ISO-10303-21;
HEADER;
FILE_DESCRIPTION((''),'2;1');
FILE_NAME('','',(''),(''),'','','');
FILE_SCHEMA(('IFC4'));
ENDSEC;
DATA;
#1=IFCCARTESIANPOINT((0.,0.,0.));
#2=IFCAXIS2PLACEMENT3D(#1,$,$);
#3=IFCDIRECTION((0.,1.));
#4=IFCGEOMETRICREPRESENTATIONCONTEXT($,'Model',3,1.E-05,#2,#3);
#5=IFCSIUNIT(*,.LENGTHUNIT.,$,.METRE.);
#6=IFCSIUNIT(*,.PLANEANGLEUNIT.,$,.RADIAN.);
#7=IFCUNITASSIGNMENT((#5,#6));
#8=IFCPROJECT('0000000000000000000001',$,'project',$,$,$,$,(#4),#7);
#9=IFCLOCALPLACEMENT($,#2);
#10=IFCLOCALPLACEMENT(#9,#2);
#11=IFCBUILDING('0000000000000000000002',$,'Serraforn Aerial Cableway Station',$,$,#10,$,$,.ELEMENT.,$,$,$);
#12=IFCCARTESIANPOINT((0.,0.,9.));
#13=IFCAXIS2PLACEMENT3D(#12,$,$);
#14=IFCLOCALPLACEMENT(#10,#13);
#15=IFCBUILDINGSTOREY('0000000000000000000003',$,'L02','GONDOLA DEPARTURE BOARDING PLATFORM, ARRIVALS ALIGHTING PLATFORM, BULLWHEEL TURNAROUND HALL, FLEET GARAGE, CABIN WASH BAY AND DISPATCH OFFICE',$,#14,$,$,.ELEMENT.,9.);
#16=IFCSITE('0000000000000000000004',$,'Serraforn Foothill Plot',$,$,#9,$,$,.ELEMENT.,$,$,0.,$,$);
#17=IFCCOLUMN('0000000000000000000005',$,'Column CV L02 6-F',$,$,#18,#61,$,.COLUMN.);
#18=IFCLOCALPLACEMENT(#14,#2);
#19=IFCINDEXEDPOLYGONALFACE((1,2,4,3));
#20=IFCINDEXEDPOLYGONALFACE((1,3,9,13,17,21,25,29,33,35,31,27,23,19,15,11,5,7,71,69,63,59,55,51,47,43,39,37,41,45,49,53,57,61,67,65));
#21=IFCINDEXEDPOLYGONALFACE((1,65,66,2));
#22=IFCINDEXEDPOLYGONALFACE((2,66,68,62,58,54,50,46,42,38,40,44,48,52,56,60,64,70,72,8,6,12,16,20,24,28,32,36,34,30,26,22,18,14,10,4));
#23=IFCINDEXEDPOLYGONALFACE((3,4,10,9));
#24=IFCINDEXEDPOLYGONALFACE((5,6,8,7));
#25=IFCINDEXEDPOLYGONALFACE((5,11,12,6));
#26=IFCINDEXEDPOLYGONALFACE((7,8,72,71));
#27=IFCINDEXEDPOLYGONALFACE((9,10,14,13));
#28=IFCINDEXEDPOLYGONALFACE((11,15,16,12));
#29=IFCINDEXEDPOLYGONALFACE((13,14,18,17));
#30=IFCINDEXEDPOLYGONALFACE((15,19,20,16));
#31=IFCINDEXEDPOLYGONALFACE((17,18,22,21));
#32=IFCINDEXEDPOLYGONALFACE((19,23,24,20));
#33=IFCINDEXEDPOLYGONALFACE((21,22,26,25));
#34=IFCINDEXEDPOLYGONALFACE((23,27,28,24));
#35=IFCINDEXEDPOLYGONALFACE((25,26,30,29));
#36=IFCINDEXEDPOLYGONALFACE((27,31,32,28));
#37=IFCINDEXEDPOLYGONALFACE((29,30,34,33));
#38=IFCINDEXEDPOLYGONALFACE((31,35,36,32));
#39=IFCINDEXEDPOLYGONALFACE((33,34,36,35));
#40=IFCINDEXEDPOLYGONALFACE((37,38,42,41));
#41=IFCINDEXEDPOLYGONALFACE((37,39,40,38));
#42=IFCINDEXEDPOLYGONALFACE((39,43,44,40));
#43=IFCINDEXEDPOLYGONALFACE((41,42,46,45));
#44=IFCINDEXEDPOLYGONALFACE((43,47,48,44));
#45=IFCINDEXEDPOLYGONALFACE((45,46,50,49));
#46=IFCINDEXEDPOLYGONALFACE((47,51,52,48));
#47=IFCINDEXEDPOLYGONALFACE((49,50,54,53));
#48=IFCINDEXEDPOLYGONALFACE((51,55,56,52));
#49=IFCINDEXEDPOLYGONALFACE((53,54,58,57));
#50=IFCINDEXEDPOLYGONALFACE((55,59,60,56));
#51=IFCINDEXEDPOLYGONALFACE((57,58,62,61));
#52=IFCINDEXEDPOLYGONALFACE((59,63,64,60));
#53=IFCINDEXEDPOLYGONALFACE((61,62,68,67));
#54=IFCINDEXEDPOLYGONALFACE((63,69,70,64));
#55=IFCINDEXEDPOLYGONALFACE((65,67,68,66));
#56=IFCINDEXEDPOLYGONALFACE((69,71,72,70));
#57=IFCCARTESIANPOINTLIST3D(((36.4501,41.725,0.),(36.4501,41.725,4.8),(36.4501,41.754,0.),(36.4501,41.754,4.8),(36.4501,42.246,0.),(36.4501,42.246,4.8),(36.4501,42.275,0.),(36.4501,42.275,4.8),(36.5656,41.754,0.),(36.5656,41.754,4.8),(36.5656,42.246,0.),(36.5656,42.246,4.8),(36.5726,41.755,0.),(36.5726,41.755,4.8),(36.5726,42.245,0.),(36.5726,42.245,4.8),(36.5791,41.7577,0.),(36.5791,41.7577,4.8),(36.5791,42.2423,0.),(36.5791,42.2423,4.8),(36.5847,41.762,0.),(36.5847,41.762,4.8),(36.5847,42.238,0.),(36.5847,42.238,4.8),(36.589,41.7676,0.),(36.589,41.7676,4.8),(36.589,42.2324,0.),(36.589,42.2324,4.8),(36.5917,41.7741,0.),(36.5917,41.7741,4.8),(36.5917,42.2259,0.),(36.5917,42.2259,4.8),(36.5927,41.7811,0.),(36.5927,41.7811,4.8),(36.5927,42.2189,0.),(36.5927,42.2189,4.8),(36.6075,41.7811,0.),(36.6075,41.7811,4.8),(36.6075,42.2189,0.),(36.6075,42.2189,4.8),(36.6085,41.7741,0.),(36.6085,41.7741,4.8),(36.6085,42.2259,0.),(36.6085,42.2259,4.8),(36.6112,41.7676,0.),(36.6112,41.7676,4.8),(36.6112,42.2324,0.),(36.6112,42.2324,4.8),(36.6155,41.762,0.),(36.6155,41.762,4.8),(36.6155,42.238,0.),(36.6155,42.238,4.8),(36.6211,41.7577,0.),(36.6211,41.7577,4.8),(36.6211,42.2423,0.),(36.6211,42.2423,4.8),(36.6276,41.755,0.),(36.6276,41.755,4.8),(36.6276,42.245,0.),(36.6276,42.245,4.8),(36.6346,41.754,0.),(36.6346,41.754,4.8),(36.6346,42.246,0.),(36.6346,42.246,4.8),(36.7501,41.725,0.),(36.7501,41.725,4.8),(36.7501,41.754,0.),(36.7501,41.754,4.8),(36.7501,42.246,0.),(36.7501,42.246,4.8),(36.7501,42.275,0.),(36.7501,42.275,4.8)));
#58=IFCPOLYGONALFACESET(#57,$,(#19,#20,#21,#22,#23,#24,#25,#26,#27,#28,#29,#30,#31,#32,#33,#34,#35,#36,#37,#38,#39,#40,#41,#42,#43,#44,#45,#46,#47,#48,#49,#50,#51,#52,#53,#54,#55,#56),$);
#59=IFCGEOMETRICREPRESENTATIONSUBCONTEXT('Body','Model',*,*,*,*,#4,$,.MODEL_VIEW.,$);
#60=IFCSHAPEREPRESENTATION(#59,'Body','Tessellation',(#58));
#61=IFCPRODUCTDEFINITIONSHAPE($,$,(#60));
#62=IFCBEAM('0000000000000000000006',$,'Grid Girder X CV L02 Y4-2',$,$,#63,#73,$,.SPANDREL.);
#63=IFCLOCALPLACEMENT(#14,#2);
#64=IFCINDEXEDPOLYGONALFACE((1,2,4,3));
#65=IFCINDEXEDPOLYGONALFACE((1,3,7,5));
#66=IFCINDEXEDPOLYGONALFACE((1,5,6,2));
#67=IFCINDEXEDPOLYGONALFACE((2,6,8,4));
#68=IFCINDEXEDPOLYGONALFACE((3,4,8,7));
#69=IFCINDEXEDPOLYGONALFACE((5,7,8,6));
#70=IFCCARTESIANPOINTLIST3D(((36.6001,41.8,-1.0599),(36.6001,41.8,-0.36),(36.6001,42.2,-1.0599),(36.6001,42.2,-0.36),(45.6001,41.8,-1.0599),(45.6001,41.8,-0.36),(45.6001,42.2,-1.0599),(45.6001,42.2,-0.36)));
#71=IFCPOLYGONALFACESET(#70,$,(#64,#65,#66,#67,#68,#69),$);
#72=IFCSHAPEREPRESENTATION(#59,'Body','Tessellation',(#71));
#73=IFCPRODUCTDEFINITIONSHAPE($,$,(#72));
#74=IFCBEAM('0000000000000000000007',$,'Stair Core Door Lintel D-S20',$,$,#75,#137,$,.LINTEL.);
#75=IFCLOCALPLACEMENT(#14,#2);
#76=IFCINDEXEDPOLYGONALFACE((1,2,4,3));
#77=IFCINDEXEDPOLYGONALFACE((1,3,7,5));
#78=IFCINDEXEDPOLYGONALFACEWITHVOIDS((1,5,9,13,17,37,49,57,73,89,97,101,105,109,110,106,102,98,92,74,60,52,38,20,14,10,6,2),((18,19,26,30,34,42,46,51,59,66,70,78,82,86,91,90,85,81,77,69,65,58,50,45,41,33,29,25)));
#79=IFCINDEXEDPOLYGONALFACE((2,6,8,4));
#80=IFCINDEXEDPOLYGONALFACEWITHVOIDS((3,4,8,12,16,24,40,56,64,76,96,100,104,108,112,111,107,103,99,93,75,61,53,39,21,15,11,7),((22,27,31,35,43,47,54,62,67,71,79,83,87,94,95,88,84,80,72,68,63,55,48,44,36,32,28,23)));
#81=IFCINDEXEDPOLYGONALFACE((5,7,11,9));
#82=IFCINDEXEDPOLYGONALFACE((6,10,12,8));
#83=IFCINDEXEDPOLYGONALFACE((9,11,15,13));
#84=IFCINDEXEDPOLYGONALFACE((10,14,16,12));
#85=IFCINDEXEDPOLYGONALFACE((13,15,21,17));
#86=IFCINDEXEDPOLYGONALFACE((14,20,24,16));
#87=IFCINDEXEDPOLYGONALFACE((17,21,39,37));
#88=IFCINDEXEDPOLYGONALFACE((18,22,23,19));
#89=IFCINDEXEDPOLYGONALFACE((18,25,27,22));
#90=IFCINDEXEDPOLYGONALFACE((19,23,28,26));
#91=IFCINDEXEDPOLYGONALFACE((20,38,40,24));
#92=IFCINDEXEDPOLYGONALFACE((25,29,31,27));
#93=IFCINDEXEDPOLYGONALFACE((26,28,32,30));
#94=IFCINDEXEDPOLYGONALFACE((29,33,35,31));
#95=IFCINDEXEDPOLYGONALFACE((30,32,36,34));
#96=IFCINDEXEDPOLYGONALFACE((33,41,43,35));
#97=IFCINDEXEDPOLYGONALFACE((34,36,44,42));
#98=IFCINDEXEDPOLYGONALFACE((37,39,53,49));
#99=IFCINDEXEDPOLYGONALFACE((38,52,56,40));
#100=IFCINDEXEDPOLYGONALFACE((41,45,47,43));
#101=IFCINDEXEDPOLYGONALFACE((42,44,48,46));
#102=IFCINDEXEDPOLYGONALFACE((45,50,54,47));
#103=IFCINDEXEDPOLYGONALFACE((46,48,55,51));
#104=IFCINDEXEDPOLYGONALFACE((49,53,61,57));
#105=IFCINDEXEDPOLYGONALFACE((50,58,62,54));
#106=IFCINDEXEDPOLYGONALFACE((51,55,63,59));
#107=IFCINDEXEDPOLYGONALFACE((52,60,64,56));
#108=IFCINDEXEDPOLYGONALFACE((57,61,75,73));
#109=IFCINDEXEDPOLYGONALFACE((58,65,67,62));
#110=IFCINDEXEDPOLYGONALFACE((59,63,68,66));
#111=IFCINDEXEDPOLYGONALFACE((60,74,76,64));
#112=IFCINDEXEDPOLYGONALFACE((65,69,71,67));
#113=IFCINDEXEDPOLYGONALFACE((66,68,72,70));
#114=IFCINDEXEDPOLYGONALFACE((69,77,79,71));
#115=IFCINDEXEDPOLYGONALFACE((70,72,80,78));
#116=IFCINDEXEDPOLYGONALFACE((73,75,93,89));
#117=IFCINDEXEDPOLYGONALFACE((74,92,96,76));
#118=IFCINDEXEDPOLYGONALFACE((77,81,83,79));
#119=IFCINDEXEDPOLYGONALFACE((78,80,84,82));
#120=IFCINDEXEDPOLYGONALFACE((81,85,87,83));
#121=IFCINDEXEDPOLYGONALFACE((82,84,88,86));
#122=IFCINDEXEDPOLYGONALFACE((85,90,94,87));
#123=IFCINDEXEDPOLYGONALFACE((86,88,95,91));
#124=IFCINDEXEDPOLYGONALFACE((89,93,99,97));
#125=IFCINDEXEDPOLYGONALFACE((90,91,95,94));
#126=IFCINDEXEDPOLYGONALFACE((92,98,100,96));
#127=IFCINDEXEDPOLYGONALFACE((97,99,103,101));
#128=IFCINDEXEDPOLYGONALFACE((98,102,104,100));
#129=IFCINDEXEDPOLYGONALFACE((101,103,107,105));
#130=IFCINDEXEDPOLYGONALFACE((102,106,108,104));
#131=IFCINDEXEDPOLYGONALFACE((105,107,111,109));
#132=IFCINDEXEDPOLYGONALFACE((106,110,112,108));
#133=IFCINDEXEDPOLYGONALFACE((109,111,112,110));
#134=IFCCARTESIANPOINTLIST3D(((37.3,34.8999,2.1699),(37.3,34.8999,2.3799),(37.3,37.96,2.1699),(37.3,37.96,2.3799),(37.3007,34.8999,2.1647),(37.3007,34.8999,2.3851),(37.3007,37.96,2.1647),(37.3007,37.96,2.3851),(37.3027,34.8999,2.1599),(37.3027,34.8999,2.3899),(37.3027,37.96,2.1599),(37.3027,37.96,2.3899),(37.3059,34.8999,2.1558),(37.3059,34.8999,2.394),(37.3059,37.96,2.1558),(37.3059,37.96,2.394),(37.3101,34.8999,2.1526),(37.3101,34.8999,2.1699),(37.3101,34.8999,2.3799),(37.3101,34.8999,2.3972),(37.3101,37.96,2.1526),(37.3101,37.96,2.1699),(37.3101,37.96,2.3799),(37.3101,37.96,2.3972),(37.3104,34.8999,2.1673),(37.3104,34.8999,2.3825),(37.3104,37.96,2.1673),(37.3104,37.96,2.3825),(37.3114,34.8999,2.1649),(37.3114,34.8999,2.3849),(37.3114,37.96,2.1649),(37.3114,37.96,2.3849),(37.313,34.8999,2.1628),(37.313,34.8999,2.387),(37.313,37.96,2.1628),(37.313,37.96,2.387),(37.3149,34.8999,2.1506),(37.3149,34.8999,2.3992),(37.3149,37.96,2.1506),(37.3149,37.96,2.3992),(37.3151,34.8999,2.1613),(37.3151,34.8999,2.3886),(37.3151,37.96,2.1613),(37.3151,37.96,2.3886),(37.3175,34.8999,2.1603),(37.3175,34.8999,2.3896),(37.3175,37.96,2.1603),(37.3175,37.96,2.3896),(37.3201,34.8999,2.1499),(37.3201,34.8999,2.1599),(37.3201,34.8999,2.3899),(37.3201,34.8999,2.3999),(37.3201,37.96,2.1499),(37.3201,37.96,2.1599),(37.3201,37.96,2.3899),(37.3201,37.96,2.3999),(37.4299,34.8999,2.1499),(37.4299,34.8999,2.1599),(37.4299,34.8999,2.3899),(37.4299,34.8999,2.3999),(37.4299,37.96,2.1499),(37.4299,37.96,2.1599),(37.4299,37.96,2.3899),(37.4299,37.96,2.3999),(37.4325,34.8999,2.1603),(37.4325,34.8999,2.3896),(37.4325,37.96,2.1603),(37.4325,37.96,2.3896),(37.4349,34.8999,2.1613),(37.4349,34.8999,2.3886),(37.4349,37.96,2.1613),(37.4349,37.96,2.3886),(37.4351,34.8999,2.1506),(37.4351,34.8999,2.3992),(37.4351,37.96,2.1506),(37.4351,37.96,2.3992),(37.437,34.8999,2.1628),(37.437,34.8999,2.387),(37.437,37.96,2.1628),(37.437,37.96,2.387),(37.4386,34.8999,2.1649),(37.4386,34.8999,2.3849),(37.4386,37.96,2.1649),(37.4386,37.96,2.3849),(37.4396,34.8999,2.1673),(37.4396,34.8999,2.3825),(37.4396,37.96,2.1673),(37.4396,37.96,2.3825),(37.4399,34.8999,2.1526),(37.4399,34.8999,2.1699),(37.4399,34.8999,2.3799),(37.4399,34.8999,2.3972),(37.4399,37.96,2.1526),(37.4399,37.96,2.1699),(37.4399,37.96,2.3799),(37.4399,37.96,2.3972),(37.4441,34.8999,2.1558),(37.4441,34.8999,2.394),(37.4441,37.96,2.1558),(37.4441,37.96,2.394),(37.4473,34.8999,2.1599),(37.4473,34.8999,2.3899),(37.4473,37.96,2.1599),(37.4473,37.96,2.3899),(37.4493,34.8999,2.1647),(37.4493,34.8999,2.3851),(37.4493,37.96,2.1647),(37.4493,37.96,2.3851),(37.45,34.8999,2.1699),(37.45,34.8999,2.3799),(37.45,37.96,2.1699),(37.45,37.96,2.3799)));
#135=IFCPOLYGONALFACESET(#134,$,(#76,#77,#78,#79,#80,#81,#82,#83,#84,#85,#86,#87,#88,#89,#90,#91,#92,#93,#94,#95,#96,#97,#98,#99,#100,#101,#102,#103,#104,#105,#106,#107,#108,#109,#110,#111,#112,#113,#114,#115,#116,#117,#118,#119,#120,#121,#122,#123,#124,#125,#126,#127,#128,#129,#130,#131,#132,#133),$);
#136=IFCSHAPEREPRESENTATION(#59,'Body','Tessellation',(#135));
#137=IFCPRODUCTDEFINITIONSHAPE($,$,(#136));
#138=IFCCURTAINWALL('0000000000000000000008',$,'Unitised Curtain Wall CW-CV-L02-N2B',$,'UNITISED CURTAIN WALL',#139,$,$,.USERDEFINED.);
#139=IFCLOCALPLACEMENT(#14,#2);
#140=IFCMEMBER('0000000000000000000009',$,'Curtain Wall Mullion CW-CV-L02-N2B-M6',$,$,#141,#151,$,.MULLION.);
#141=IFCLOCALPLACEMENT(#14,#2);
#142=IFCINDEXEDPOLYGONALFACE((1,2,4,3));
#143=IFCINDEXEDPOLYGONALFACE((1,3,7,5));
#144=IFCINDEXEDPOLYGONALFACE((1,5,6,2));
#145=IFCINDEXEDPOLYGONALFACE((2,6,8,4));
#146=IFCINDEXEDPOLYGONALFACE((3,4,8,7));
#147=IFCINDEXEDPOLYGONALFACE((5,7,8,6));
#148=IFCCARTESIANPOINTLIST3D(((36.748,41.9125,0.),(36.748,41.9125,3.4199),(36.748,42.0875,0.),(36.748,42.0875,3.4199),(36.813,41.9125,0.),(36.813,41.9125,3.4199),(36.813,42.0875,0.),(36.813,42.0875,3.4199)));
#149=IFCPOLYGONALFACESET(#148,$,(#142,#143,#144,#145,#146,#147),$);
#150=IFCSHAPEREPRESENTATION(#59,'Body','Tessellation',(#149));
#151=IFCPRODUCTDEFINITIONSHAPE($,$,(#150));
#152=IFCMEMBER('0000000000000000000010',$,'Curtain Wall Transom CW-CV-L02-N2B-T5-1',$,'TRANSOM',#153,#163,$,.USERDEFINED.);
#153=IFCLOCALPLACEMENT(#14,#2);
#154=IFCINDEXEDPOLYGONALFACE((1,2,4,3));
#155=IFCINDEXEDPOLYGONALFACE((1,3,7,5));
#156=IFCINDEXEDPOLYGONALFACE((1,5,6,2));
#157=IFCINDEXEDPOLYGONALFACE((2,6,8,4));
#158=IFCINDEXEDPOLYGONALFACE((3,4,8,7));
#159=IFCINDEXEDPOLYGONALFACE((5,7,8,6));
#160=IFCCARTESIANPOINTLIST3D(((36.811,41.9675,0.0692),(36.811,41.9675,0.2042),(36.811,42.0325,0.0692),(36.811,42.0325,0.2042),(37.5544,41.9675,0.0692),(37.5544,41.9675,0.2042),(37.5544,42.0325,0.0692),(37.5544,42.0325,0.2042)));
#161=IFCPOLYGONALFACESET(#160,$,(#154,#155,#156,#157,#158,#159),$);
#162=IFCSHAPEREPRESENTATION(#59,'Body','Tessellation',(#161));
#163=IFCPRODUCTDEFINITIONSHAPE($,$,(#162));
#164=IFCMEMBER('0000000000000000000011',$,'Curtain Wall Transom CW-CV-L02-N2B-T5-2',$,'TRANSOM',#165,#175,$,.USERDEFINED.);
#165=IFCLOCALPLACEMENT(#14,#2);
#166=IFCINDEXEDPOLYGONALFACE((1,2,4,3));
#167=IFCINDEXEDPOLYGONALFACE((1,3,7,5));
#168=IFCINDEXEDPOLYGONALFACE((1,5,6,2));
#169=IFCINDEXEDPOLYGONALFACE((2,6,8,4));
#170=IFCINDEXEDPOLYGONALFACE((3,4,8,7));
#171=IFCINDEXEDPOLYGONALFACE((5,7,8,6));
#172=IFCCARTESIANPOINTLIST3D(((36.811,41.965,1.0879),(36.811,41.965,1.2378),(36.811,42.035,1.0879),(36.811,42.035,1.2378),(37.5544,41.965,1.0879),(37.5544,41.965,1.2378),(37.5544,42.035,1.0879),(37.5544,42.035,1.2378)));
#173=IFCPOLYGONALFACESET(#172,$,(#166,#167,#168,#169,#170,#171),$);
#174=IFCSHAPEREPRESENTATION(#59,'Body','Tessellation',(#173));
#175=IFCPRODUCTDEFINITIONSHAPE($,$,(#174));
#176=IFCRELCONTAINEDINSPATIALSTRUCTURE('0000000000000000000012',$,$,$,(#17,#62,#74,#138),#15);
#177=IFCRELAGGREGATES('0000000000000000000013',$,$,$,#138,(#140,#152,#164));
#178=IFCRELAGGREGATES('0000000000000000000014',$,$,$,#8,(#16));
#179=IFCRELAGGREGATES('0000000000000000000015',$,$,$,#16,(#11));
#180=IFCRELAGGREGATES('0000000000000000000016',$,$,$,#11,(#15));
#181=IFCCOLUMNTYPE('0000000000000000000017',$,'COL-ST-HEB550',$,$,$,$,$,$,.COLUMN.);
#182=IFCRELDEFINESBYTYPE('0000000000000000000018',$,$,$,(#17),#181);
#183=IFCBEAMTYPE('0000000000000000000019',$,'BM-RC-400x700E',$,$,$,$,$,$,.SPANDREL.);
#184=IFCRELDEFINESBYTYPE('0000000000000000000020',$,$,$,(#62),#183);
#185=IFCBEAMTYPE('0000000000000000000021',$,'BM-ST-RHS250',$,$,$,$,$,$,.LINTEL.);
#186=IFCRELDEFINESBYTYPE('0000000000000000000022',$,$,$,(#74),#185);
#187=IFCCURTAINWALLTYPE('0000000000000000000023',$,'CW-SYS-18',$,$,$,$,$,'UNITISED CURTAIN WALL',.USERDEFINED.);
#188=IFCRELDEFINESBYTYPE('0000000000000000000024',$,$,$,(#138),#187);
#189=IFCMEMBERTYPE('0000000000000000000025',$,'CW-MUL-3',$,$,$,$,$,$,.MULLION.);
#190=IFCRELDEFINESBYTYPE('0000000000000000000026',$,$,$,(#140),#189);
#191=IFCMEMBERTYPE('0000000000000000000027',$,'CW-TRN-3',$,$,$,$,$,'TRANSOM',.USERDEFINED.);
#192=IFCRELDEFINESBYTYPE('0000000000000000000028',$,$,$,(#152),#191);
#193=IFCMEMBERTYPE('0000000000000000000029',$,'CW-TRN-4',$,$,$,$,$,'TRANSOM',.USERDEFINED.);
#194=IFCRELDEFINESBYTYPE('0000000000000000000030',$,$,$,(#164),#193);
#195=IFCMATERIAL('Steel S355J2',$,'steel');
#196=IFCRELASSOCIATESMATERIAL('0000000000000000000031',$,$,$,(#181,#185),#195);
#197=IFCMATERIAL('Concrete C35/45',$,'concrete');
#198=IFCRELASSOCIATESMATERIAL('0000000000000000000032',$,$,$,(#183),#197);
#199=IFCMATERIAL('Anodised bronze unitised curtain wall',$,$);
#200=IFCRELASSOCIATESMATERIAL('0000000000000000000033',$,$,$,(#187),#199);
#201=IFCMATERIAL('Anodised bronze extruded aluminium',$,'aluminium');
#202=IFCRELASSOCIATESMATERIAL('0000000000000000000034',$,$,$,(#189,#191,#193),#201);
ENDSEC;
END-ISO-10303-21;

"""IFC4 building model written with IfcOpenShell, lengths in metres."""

from ifc_helpers import new_model, si_unit, direction, frame, origin, origin_2d, place, context, subcontext, project, spatial, rectangle, hollow_rectangle, i_section, extrude, material, material_profile, profile_set, type_object, element, aggregate, save


model = new_model("IFC4")

# Units and contexts
model_context = context("Model", 3, precision=1e-05, world=origin(), true_north=direction((0.0, 1.0)))
body_context = subcontext(model_context, "Body", "Model", "MODEL_VIEW")
ifc_project = project(units=[si_unit("LENGTHUNIT", "METRE"), si_unit("PLANEANGLEUNIT", "RADIAN")], contexts=[model_context])

# Site, building, storey
site_placement = place(None, origin())
site = spatial("IfcSite", under=ifc_project, at=site_placement, Name="Serraforn Foothill Plot", CompositionType="ELEMENT", RefElevation=0.0)
building_placement = place(site_placement, origin())
building = spatial("IfcBuilding", under=site, at=building_placement, Name="Serraforn Aerial Cableway Station", CompositionType="ELEMENT")
storey_placement = place(building_placement, frame((0.0, 0.0, 9.0)))
storey = spatial("IfcBuildingStorey", under=building, at=storey_placement, Name="L02", Description="GONDOLA DEPARTURE BOARDING PLATFORM, ARRIVALS ALIGHTING PLATFORM, BULLWHEEL TURNAROUND HALL, FLEET GARAGE, CABIN WASH BAY AND DISPATCH OFFICE", CompositionType="ELEMENT", Elevation=9.0)

# Column
ifc_material_1 = material(Name="Steel S355J2", Category="steel")
ifc_material_profile_1 = material_profile(ifc_material_1, i_section(OverallWidth=0.3, OverallDepth=0.55, WebThickness=0.0149, FlangeThickness=0.0291, FilletRadius=0.0271, at=origin_2d()), Name="HEB 550")
ifc_profile_set_1 = profile_set([ifc_material_profile_1], Name="Steel S355J2")
column_type = type_object("IfcColumnType", Name="COL-ST-HEB550", PredefinedType="COLUMN", material=ifc_profile_set_1)
column_placement = place(storey_placement, frame((36.6001, 42.0, 0.0), z_axis=(0.0, 0.0, 1.0), x_axis=(1.0, 0.0, 0.0)))
element("IfcColumn", 1, at=column_placement, inside=storey, type_object=column_type, Name="Column CV L02 6-F", PredefinedType="COLUMN", context=body_context, shape_type="SweptSolid", body=[
    extrude(i_section(OverallWidth=0.3, OverallDepth=0.55, WebThickness=0.0149, FlangeThickness=0.0291, FilletRadius=0.0271, at=origin_2d()), origin(), (0.0, 0.0, 1.0), 4.8),
])

# Beams
ifc_material_2 = material(Name="Concrete C35/45", Category="concrete")
ifc_material_profile_2 = material_profile(ifc_material_2, rectangle(XDim=0.3999, YDim=0.7, at=origin_2d()), Name="RC 400x700")
ifc_profile_set_2 = profile_set([ifc_material_profile_2], Name="Concrete C35/45")
beam_type_1 = type_object("IfcBeamType", Name="BM-RC-400x700E", PredefinedType="SPANDREL", material=ifc_profile_set_2)
beam_1_placement = place(storey_placement, frame((36.6001, 42.0, -0.71), z_axis=(1.0, 0.0, 0.0), x_axis=(0.0, 1.0, 0.0)))
element("IfcBeam", 2, at=beam_1_placement, inside=storey, type_object=beam_type_1, Name="Grid Girder X CV L02 Y4-2", PredefinedType="SPANDREL", context=body_context, shape_type="SweptSolid", body=[
    extrude(rectangle(XDim=0.3999, YDim=0.7, at=origin_2d()), origin(), (0.0, 0.0, 1.0), 9.0),
])
ifc_material_profile_3 = material_profile(ifc_material_1, hollow_rectangle(XDim=0.1499, YDim=0.25, WallThickness=0.01, InnerFilletRadius=0.01, OuterFilletRadius=0.02, at=origin_2d()), Name="RHS 250x150x10.0")
ifc_profile_set_3 = profile_set([ifc_material_profile_3], Name="Steel S355J2")
beam_type_2 = type_object("IfcBeamType", Name="BM-ST-RHS250", PredefinedType="LINTEL", material=ifc_profile_set_3)
beam_2_placement = place(storey_placement, frame((37.375, 34.8999, 2.2749), z_axis=(0.0, 1.0, 0.0), x_axis=(-1.0, 0.0, 0.0)))
element("IfcBeam", 3, at=beam_2_placement, inside=storey, type_object=beam_type_2, Name="Stair Core Door Lintel D-S20", PredefinedType="LINTEL", context=body_context, shape_type="SweptSolid", body=[
    extrude(hollow_rectangle(XDim=0.1499, YDim=0.25, WallThickness=0.01, InnerFilletRadius=0.01, OuterFilletRadius=0.02, at=origin_2d()), origin(), (0.0, 0.0, 1.0), 3.0601),
])

# Curtain wall, members
ifc_material_3 = material(Name="Anodised bronze unitised curtain wall")
curtain_wall_type = type_object("IfcCurtainWallType", Name="CW-SYS-18", ElementType="UNITISED CURTAIN WALL", PredefinedType="USERDEFINED", material=ifc_material_3)
curtain_wall_placement = place(storey_placement, origin())
curtain_wall = element("IfcCurtainWall", 4, at=curtain_wall_placement, inside=storey, type_object=curtain_wall_type, Name="Unitised Curtain Wall CW-CV-L02-N2B", ObjectType="UNITISED CURTAIN WALL", PredefinedType="USERDEFINED")
ifc_material_4 = material(Name="Anodised bronze extruded aluminium", Category="aluminium")
ifc_material_profile_4 = material_profile(ifc_material_4, rectangle(XDim=0.0649, YDim=0.175, at=origin_2d()), Name="CW MULLION 65x175")
ifc_profile_set_4 = profile_set([ifc_material_profile_4], Name="Anodised bronze extruded aluminium")
member_type_1 = type_object("IfcMemberType", Name="CW-MUL-3", PredefinedType="MULLION", material=ifc_profile_set_4)
member_1_placement = place(storey_placement, frame((36.7805, 42.0, 0.0), z_axis=(0.0, 0.0, 1.0), x_axis=(-1.0, 0.0, 0.0)))
member_1 = element("IfcMember", 5, at=member_1_placement, type_object=member_type_1, Name="Curtain Wall Mullion CW-CV-L02-N2B-M6", PredefinedType="MULLION", context=body_context, shape_type="SweptSolid", body=[
    extrude(rectangle(XDim=0.0649, YDim=0.175, at=origin_2d()), origin(), (0.0, 0.0, 1.0), 3.4199),
])
ifc_material_profile_5 = material_profile(ifc_material_4, rectangle(XDim=0.0649, YDim=0.135, at=origin_2d()), Name="CW TRANSOM 65x135")
ifc_profile_set_5 = profile_set([ifc_material_profile_5], Name="Anodised bronze extruded aluminium")
member_type_2 = type_object("IfcMemberType", Name="CW-TRN-3", ElementType="TRANSOM", PredefinedType="USERDEFINED", material=ifc_profile_set_5)
member_2_placement = place(storey_placement, frame((37.5544, 42.0, 0.1367), z_axis=(-1.0, 0.0, 0.0), x_axis=(0.0, -1.0, 0.0)))
member_2 = element("IfcMember", 6, at=member_2_placement, type_object=member_type_2, Name="Curtain Wall Transom CW-CV-L02-N2B-T5-1", ObjectType="TRANSOM", PredefinedType="USERDEFINED", context=body_context, shape_type="SweptSolid", body=[
    extrude(rectangle(XDim=0.0649, YDim=0.135, at=origin_2d()), origin(), (0.0, 0.0, 1.0), 0.7434),
])
ifc_material_profile_6 = material_profile(ifc_material_4, rectangle(XDim=0.0701, YDim=0.1499, at=origin_2d()), Name="CW TRANSOM 70x150")
ifc_profile_set_6 = profile_set([ifc_material_profile_6], Name="Anodised bronze extruded aluminium")
member_type_3 = type_object("IfcMemberType", Name="CW-TRN-4", ElementType="TRANSOM", PredefinedType="USERDEFINED", material=ifc_profile_set_6)
member_3_placement = place(storey_placement, frame((37.5544, 42.0, 1.1628), z_axis=(-1.0, 0.0, 0.0), x_axis=(0.0, -1.0, 0.0)))
member_3 = element("IfcMember", 7, at=member_3_placement, type_object=member_type_3, Name="Curtain Wall Transom CW-CV-L02-N2B-T5-2", ObjectType="TRANSOM", PredefinedType="USERDEFINED", context=body_context, shape_type="SweptSolid", body=[
    extrude(rectangle(XDim=0.0701, YDim=0.1499, at=origin_2d()), origin(), (0.0, 0.0, 1.0), 0.7434),
])
aggregate(curtain_wall, [member_1, member_2, member_3])

save(model, "model.ifc")
